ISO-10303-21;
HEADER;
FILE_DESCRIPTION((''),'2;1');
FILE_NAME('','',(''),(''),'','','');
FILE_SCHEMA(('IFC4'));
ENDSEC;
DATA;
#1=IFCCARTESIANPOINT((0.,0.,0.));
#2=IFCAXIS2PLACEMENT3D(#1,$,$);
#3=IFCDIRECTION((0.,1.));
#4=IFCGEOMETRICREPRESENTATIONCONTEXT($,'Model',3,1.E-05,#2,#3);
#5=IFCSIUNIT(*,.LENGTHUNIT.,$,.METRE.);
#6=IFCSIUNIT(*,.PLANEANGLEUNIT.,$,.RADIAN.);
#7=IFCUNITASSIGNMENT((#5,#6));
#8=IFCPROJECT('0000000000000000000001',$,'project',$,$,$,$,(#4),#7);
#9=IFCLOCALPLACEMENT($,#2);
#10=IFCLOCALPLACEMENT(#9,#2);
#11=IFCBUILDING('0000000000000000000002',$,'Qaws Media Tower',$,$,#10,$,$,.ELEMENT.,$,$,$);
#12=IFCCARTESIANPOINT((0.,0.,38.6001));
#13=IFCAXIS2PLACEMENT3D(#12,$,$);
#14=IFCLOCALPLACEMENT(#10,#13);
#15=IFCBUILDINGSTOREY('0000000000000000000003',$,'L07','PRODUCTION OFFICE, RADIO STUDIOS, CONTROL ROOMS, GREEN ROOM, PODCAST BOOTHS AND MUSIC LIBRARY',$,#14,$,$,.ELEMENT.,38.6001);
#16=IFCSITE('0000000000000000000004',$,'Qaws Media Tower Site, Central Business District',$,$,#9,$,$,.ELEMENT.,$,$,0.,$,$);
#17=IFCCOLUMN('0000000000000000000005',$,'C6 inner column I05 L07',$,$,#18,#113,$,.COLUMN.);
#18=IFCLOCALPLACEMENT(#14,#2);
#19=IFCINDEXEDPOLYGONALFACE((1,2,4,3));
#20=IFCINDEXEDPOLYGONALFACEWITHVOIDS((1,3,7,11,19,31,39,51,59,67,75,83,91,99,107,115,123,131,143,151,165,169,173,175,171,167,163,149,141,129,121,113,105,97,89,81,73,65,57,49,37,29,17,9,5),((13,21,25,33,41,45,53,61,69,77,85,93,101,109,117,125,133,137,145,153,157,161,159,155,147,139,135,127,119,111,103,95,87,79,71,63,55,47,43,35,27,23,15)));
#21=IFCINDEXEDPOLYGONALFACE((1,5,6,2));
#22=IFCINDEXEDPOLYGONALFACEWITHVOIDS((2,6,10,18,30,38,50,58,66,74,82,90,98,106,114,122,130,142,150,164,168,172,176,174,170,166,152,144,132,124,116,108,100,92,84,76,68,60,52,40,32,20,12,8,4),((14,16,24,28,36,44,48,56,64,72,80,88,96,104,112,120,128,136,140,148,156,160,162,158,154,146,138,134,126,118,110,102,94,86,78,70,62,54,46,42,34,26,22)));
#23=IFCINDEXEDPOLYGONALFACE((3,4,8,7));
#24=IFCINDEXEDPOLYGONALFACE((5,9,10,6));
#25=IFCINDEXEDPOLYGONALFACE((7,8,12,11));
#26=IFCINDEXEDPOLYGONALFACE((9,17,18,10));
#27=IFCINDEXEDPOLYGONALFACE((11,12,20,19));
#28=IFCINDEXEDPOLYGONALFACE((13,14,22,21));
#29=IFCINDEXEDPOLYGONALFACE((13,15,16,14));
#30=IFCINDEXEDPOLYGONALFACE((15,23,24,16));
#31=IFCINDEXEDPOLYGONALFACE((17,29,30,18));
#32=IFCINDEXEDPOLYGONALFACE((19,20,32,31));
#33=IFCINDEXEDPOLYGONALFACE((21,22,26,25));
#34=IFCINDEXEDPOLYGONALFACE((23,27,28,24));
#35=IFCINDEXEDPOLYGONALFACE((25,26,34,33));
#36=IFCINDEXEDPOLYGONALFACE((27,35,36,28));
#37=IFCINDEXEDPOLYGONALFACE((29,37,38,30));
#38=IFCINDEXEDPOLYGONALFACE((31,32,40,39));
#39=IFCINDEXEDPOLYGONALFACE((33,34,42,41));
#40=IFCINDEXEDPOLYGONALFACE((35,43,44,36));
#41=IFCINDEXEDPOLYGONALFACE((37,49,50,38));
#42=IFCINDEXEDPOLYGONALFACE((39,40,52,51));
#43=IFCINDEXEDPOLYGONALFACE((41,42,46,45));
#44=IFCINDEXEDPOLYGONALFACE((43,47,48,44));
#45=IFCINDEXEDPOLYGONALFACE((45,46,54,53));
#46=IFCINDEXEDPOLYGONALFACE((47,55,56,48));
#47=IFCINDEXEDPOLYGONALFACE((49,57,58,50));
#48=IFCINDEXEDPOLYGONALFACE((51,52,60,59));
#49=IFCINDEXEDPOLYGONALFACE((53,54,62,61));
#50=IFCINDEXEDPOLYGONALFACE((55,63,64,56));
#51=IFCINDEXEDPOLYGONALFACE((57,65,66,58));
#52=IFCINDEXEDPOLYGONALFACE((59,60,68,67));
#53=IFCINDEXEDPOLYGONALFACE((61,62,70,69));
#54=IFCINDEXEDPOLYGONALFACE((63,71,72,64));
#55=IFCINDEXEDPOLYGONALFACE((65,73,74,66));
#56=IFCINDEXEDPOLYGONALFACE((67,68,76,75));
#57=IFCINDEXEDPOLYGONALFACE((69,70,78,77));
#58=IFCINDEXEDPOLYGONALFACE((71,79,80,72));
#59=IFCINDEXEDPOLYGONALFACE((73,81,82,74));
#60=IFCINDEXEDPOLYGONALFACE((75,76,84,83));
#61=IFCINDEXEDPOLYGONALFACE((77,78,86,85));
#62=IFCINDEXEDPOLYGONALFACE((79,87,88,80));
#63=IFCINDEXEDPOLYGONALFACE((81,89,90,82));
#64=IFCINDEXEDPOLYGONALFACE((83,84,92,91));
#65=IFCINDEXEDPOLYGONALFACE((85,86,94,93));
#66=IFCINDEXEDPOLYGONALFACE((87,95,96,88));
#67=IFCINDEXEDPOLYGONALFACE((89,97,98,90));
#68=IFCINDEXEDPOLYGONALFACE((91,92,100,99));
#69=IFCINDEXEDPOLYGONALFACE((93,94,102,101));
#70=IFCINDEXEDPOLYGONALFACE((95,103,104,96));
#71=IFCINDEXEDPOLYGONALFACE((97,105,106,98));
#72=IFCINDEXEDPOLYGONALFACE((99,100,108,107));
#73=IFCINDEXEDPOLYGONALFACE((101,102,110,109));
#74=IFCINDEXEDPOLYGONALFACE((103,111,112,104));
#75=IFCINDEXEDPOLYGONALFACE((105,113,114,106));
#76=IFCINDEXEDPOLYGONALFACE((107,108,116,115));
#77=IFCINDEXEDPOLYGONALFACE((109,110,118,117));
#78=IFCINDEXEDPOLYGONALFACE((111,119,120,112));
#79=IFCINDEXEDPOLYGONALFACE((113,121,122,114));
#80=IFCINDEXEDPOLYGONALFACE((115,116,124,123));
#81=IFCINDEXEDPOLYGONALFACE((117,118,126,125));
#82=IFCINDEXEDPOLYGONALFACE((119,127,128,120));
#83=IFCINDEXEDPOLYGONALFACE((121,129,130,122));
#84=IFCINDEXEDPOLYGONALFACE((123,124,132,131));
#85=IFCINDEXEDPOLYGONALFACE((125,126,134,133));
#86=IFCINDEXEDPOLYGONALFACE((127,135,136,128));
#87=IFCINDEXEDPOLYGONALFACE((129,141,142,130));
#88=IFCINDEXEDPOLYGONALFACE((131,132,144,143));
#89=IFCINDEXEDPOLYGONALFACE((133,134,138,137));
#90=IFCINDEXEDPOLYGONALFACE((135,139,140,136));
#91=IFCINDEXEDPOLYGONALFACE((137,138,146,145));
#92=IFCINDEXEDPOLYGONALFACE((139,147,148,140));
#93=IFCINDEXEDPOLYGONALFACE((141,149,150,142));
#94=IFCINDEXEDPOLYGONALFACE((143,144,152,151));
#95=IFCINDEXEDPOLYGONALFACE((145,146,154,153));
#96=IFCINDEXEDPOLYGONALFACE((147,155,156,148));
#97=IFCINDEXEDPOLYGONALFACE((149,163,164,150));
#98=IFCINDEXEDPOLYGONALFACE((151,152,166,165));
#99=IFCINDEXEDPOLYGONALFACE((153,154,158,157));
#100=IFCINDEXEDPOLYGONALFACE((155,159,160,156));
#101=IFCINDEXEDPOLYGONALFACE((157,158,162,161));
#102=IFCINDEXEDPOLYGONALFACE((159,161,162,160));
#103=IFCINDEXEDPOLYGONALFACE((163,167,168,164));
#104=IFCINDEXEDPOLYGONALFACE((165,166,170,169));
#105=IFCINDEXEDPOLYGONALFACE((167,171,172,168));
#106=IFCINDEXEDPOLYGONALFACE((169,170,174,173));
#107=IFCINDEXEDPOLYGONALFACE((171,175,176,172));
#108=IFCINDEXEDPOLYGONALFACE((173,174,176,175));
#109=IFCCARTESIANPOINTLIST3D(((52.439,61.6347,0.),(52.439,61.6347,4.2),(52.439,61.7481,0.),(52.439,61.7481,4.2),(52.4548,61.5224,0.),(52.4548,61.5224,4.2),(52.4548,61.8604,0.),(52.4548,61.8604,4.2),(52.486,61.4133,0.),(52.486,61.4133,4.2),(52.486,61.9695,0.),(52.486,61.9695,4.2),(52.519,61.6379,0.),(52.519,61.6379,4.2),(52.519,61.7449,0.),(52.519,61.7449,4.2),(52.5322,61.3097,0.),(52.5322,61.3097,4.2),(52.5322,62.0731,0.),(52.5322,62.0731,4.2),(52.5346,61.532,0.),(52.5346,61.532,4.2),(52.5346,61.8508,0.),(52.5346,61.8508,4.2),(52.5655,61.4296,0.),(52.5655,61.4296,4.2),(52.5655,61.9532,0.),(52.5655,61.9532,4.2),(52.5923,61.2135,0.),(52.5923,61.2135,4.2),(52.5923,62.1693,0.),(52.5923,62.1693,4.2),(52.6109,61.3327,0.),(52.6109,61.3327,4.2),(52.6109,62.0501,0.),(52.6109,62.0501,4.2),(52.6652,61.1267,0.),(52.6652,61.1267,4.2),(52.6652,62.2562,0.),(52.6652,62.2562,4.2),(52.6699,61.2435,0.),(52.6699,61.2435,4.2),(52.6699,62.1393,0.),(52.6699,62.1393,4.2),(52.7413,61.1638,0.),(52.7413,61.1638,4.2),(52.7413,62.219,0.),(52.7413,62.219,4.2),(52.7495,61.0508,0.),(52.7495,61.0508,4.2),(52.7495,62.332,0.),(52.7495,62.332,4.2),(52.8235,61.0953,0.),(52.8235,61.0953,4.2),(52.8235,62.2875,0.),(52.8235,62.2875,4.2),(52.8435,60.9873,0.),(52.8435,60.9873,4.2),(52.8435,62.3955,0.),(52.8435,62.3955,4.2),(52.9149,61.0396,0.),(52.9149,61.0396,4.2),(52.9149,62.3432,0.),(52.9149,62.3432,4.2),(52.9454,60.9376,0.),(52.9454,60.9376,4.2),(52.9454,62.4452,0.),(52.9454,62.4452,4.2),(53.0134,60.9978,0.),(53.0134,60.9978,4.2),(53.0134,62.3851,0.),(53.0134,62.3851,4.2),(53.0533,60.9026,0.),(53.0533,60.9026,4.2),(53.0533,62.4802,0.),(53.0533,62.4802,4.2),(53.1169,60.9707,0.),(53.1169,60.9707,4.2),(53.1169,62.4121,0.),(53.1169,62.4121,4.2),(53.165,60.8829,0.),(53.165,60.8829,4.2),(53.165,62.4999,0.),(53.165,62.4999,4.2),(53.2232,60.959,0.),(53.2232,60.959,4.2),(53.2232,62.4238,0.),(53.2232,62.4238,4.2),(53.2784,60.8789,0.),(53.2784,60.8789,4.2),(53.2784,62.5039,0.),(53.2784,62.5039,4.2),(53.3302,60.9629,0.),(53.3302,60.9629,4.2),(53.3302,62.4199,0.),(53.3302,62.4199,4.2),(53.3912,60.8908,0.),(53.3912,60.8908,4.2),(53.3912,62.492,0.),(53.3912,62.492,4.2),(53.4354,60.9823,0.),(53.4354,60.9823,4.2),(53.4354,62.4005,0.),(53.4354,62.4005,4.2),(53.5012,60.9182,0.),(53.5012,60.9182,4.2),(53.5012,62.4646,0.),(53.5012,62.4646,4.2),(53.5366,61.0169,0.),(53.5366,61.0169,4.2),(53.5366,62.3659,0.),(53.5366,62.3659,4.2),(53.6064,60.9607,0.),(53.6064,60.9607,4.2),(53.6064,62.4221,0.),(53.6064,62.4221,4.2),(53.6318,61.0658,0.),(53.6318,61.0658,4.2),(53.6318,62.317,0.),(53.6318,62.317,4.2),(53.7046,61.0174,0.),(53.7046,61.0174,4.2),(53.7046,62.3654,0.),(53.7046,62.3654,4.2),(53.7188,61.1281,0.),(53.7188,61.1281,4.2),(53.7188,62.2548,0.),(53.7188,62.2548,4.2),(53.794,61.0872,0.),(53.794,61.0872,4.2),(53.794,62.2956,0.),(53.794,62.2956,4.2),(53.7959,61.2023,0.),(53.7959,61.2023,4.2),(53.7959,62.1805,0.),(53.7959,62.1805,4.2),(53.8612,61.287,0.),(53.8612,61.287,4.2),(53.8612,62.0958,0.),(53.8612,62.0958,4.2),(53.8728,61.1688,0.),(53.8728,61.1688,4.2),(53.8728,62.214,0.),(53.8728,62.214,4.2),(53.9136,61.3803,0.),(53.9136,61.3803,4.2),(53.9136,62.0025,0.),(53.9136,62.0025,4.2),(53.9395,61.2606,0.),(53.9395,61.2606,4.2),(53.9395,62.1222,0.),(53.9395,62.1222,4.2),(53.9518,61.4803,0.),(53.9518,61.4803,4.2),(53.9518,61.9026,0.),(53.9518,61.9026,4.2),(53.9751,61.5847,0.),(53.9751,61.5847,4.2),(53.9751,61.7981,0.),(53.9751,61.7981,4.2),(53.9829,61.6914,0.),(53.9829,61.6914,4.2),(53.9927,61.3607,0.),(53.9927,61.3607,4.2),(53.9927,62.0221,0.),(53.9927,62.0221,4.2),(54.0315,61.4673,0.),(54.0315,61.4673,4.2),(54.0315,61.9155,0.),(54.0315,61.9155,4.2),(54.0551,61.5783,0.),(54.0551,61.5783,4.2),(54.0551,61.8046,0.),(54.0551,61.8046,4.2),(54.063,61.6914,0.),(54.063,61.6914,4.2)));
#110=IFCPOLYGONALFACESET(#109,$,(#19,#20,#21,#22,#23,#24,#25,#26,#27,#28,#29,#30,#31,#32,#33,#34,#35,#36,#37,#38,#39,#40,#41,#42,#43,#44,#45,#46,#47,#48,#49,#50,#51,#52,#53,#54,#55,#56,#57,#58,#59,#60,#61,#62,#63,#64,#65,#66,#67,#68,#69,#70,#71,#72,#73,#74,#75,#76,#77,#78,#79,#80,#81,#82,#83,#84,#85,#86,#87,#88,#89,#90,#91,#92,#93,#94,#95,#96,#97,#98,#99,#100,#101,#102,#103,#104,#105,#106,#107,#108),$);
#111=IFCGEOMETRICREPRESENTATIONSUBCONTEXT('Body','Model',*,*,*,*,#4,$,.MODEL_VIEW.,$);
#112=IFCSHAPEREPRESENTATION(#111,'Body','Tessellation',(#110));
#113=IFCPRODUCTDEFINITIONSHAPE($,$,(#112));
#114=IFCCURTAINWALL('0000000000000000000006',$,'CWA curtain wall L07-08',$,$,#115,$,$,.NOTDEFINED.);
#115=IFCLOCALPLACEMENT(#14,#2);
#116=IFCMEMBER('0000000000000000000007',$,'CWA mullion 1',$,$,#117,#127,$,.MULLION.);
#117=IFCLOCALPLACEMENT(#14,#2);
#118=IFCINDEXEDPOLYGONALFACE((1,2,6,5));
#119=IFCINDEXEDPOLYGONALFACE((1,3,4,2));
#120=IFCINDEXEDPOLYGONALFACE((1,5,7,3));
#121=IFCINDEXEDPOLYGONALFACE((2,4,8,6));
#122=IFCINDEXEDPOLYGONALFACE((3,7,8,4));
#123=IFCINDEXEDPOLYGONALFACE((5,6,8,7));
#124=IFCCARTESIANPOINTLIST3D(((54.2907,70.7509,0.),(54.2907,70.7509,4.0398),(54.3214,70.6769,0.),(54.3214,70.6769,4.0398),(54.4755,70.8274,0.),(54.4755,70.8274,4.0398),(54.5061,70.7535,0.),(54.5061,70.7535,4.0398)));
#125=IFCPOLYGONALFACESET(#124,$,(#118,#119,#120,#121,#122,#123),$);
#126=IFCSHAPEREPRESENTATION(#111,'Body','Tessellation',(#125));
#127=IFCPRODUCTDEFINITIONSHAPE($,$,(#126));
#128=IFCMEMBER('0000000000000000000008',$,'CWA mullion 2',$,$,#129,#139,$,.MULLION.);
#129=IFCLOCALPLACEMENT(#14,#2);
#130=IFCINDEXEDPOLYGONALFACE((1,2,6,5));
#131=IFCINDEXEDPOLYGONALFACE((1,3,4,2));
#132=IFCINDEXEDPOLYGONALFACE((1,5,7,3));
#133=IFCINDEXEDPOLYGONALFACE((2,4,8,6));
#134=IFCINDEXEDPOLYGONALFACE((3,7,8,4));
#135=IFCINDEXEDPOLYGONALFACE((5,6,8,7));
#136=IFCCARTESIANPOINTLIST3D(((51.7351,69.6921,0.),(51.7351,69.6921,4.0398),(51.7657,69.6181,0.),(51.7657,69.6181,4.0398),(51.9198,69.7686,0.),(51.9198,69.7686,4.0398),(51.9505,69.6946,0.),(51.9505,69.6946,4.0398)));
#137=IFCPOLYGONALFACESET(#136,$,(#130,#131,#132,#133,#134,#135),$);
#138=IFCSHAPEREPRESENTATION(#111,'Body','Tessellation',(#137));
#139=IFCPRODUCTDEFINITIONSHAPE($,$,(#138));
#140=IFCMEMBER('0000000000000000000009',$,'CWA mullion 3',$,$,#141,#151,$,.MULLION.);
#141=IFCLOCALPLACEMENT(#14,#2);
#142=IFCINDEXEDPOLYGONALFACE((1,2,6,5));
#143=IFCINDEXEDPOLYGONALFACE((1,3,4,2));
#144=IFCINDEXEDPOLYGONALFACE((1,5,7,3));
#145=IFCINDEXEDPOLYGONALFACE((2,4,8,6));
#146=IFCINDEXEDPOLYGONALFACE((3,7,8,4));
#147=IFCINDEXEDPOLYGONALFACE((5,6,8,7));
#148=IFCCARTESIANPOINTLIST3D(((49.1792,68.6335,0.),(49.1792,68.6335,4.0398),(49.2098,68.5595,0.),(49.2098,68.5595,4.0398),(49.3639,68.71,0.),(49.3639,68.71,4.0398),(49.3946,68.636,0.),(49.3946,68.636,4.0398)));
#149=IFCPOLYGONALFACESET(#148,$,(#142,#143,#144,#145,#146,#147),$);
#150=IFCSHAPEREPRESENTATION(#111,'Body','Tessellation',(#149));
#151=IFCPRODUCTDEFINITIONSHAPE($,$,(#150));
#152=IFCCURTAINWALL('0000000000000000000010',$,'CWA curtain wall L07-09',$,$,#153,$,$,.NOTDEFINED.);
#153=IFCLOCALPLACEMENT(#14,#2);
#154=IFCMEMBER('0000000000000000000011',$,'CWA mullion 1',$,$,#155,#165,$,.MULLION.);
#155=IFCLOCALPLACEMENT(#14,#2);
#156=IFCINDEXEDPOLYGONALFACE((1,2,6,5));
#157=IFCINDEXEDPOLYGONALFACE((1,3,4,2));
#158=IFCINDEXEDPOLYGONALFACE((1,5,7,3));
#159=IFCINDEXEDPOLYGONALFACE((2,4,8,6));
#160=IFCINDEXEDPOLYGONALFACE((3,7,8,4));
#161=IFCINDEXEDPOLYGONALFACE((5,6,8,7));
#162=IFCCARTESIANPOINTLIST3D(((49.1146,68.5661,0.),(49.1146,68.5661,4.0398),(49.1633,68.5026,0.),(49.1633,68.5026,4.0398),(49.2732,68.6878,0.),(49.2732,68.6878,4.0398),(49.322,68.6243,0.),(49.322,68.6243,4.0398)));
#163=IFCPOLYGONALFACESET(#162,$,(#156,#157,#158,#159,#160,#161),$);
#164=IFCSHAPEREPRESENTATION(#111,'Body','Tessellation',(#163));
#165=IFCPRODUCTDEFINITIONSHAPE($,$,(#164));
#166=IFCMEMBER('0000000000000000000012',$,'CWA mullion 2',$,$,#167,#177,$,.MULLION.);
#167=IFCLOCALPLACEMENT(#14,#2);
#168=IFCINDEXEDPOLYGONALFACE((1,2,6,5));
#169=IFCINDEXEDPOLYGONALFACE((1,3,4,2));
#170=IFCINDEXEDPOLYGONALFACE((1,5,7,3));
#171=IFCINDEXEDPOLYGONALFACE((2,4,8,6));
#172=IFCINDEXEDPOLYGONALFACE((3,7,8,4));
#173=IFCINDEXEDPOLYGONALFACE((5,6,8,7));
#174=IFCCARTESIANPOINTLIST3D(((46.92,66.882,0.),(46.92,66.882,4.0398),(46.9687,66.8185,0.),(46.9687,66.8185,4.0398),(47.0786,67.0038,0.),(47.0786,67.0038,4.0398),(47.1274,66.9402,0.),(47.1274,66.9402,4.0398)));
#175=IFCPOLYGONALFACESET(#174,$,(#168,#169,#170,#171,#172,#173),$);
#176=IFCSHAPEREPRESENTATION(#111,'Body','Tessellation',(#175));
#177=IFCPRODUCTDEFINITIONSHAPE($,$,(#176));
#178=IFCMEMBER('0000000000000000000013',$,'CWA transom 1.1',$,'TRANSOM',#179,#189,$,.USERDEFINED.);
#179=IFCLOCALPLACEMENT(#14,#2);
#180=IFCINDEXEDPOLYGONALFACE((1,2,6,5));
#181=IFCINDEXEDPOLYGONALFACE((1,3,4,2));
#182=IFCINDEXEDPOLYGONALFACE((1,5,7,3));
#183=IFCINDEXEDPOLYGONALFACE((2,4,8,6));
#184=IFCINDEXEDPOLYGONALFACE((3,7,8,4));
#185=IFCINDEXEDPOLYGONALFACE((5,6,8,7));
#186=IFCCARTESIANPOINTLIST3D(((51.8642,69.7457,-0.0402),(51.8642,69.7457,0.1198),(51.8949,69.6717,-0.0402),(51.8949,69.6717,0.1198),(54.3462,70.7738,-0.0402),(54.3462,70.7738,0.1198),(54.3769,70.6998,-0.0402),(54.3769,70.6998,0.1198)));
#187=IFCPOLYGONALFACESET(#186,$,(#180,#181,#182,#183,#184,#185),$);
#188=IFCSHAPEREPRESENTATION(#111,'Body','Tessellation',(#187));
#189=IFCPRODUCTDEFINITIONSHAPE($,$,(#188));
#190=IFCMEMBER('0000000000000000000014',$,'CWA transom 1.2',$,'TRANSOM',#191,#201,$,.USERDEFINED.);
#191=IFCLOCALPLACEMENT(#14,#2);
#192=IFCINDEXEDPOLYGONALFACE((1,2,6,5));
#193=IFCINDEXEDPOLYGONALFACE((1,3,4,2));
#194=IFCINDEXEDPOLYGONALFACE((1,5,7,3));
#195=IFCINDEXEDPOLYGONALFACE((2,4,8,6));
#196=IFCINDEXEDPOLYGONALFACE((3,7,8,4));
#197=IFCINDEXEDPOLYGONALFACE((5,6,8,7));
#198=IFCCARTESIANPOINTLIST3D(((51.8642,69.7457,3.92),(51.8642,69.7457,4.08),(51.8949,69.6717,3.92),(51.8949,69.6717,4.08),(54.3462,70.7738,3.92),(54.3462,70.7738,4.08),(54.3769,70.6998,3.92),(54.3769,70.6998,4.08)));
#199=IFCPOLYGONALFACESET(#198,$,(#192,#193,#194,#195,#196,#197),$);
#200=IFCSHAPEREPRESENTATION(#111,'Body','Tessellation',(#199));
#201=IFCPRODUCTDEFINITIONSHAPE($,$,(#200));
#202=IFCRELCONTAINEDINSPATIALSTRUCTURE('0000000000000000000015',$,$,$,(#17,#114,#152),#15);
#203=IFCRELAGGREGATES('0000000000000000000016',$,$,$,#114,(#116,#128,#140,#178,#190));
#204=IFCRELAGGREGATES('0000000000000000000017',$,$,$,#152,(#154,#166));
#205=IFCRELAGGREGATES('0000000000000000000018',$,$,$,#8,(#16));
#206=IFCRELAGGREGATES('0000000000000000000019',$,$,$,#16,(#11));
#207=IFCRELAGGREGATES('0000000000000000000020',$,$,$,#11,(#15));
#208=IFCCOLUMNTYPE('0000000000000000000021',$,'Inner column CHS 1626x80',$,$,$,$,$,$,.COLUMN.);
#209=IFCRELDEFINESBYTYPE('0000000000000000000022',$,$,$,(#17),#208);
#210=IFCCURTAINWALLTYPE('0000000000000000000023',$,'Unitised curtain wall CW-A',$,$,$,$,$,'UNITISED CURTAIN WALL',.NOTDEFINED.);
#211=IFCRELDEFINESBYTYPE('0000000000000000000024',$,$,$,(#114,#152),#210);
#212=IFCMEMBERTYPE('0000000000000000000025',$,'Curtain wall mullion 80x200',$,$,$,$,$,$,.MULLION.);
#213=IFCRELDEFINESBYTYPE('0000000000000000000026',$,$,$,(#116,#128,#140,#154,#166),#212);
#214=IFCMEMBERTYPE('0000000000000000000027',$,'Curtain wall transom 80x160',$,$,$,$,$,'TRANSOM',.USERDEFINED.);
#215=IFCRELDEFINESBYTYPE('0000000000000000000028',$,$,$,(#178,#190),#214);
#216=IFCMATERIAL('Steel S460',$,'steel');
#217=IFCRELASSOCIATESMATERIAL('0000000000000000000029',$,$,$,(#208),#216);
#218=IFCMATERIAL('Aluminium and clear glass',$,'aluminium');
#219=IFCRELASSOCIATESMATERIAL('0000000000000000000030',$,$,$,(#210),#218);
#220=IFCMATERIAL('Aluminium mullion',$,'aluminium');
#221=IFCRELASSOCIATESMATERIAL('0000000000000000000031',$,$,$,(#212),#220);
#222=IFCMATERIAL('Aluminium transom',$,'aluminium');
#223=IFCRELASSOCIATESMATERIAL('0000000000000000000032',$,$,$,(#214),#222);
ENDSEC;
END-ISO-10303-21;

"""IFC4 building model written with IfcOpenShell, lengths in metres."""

from ifc_helpers import new_model, si_unit, direction, frame, origin, origin_2d, place, context, subcontext, project, spatial, rectangle, hollow_circle, extrude, material, material_profile, profile_set, type_object, element, aggregate, save


model = new_model("IFC4")

# Units and contexts
model_context = context("Model", 3, precision=1e-05, world=origin(), true_north=direction((0.0, 1.0)))
body_context = subcontext(model_context, "Body", "Model", "MODEL_VIEW")
ifc_project = project(units=[si_unit("LENGTHUNIT", "METRE"), si_unit("PLANEANGLEUNIT", "RADIAN")], contexts=[model_context])

# Site, building, storey
site_placement = place(None, origin())
site = spatial("IfcSite", under=ifc_project, at=site_placement, Name="Qaws Media Tower Site, Central Business District", CompositionType="ELEMENT", RefElevation=0.0)
building_placement = place(site_placement, origin())
building = spatial("IfcBuilding", under=site, at=building_placement, Name="Qaws Media Tower", CompositionType="ELEMENT")
storey_placement = place(building_placement, frame((0.0, 0.0, 38.6001)))
storey = spatial("IfcBuildingStorey", under=building, at=storey_placement, Name="L07", Description="PRODUCTION OFFICE, RADIO STUDIOS, CONTROL ROOMS, GREEN ROOM, PODCAST BOOTHS AND MUSIC LIBRARY", CompositionType="ELEMENT", Elevation=38.6001)

# Column
ifc_material_1 = material(Name="Steel S460", Category="steel")
ifc_material_profile_1 = material_profile(ifc_material_1, hollow_circle(Radius=0.813, WallThickness=0.0801, at=origin_2d()), Name="CHS 1626x80")
ifc_profile_set_1 = profile_set([ifc_material_profile_1], Name="Steel S460")
column_type = type_object("IfcColumnType", Name="Inner column CHS 1626x80", PredefinedType="COLUMN", material=ifc_profile_set_1)
column_placement = place(storey_placement, frame((53.25, 61.6914, 0.0), z_axis=(0.0, 0.0, 1.0), x_axis=(1.0, 0.0, 0.0)))
element("IfcColumn", 1, at=column_placement, inside=storey, type_object=column_type, Name="C6 inner column I05 L07", PredefinedType="COLUMN", context=body_context, shape_type="SweptSolid", body=[
    extrude(hollow_circle(Radius=0.813, WallThickness=0.0801, at=origin_2d()), origin(), (0.0, 0.0, 1.0), 4.2),
])

# Curtain walls, members
ifc_material_2 = material(Name="Aluminium and clear glass", Category="aluminium")
curtain_wall_type = type_object("IfcCurtainWallType", Name="Unitised curtain wall CW-A", ElementType="UNITISED CURTAIN WALL", PredefinedType="NOTDEFINED", material=ifc_material_2)
curtain_wall_1_placement = place(storey_placement, origin())
curtain_wall_1 = element("IfcCurtainWall", 2, at=curtain_wall_1_placement, inside=storey, type_object=curtain_wall_type, Name="CWA curtain wall L07-08", PredefinedType="NOTDEFINED")
ifc_material_3 = material(Name="Aluminium mullion", Category="aluminium")
ifc_material_profile_2 = material_profile(ifc_material_3, rectangle(XDim=0.0801, YDim=0.2, at=origin_2d()), Name="80x200")
ifc_profile_set_2 = profile_set([ifc_material_profile_2], Name="Aluminium mullion")
member_type_1 = type_object("IfcMemberType", Name="Curtain wall mullion 80x200", PredefinedType="MULLION", material=ifc_profile_set_2)
member_1_placement = place(storey_placement, frame((54.3984, 70.7522, 0.0), z_axis=(0.0, 0.0, 1.0), x_axis=(0.382683, -0.92388, 0.0)))
member_1 = element("IfcMember", 3, at=member_1_placement, type_object=member_type_1, Name="CWA mullion 1", PredefinedType="MULLION", context=body_context, shape_type="SweptSolid", body=[
    extrude(rectangle(XDim=0.0801, YDim=0.2, at=origin_2d()), origin(), (0.0, 0.0, 1.0), 4.0398),
])
member_2_placement = place(storey_placement, frame((51.8428, 69.6934, 0.0), z_axis=(0.0, 0.0, 1.0), x_axis=(0.382683, -0.92388, 0.0)))
member_2 = element("IfcMember", 4, at=member_2_placement, type_object=member_type_1, Name="CWA mullion 2", PredefinedType="MULLION", context=body_context, shape_type="SweptSolid", body=[
    extrude(rectangle(XDim=0.0801, YDim=0.2, at=origin_2d()), origin(), (0.0, 0.0, 1.0), 4.0398),
])
member_3_placement = place(storey_placement, frame((49.2869, 68.6348, 0.0), z_axis=(0.0, 0.0, 1.0), x_axis=(0.382683, -0.92388, 0.0)))
member_3 = element("IfcMember", 5, at=member_3_placement, type_object=member_type_1, Name="CWA mullion 3", PredefinedType="MULLION", context=body_context, shape_type="SweptSolid", body=[
    extrude(rectangle(XDim=0.0801, YDim=0.2, at=origin_2d()), origin(), (0.0, 0.0, 1.0), 4.0398),
])
curtain_wall_2_placement = place(storey_placement, origin())
curtain_wall_2 = element("IfcCurtainWall", 6, at=curtain_wall_2_placement, inside=storey, type_object=curtain_wall_type, Name="CWA curtain wall L07-09", PredefinedType="NOTDEFINED")
member_4_placement = place(storey_placement, frame((49.2183, 68.5952, 0.0), z_axis=(0.0, 0.0, 1.0), x_axis=(0.608761, -0.793353, 0.0)))
member_4 = element("IfcMember", 7, at=member_4_placement, type_object=member_type_1, Name="CWA mullion 1", PredefinedType="MULLION", context=body_context, shape_type="SweptSolid", body=[
    extrude(rectangle(XDim=0.0801, YDim=0.2, at=origin_2d()), origin(), (0.0, 0.0, 1.0), 4.0398),
])
member_5_placement = place(storey_placement, frame((47.0237, 66.9111, 0.0), z_axis=(0.0, 0.0, 1.0), x_axis=(0.608761, -0.793353, 0.0)))
member_5 = element("IfcMember", 8, at=member_5_placement, type_object=member_type_1, Name="CWA mullion 2", PredefinedType="MULLION", context=body_context, shape_type="SweptSolid", body=[
    extrude(rectangle(XDim=0.0801, YDim=0.2, at=origin_2d()), origin(), (0.0, 0.0, 1.0), 4.0398),
])

# Members
ifc_material_4 = material(Name="Aluminium transom", Category="aluminium")
ifc_material_profile_3 = material_profile(ifc_material_4, rectangle(XDim=0.0801, YDim=0.1599, at=origin_2d()), Name="80x160")
ifc_profile_set_3 = profile_set([ifc_material_profile_3], Name="Aluminium transom")
member_type_2 = type_object("IfcMemberType", Name="Curtain wall transom 80x160", ElementType="TRANSOM", PredefinedType="USERDEFINED", material=ifc_profile_set_3)
member_6_placement = place(storey_placement, frame((54.3616, 70.7368, 0.0398), z_axis=(-0.923876, -0.382692, 0.0), x_axis=(0.382692, -0.923876, 0.0)))
member_6 = element("IfcMember", 9, at=member_6_placement, type_object=member_type_2, Name="CWA transom 1.1", ObjectType="TRANSOM", PredefinedType="USERDEFINED", context=body_context, shape_type="SweptSolid", body=[
    extrude(rectangle(XDim=0.0801, YDim=0.1599, at=origin_2d()), origin(), (0.0, 0.0, 1.0), 2.6865),
])
member_7_placement = place(storey_placement, frame((54.3616, 70.7368, 4.0), z_axis=(-0.923876, -0.382692, 0.0), x_axis=(0.382692, -0.923876, 0.0)))
member_7 = element("IfcMember", 10, at=member_7_placement, type_object=member_type_2, Name="CWA transom 1.2", ObjectType="TRANSOM", PredefinedType="USERDEFINED", context=body_context, shape_type="SweptSolid", body=[
    extrude(rectangle(XDim=0.0801, YDim=0.1599, at=origin_2d()), origin(), (0.0, 0.0, 1.0), 2.6865),
])

aggregate(curtain_wall_1, [member_1, member_2, member_3, member_6, member_7])
aggregate(curtain_wall_2, [member_4, member_5])

save(model, "model.ifc")
